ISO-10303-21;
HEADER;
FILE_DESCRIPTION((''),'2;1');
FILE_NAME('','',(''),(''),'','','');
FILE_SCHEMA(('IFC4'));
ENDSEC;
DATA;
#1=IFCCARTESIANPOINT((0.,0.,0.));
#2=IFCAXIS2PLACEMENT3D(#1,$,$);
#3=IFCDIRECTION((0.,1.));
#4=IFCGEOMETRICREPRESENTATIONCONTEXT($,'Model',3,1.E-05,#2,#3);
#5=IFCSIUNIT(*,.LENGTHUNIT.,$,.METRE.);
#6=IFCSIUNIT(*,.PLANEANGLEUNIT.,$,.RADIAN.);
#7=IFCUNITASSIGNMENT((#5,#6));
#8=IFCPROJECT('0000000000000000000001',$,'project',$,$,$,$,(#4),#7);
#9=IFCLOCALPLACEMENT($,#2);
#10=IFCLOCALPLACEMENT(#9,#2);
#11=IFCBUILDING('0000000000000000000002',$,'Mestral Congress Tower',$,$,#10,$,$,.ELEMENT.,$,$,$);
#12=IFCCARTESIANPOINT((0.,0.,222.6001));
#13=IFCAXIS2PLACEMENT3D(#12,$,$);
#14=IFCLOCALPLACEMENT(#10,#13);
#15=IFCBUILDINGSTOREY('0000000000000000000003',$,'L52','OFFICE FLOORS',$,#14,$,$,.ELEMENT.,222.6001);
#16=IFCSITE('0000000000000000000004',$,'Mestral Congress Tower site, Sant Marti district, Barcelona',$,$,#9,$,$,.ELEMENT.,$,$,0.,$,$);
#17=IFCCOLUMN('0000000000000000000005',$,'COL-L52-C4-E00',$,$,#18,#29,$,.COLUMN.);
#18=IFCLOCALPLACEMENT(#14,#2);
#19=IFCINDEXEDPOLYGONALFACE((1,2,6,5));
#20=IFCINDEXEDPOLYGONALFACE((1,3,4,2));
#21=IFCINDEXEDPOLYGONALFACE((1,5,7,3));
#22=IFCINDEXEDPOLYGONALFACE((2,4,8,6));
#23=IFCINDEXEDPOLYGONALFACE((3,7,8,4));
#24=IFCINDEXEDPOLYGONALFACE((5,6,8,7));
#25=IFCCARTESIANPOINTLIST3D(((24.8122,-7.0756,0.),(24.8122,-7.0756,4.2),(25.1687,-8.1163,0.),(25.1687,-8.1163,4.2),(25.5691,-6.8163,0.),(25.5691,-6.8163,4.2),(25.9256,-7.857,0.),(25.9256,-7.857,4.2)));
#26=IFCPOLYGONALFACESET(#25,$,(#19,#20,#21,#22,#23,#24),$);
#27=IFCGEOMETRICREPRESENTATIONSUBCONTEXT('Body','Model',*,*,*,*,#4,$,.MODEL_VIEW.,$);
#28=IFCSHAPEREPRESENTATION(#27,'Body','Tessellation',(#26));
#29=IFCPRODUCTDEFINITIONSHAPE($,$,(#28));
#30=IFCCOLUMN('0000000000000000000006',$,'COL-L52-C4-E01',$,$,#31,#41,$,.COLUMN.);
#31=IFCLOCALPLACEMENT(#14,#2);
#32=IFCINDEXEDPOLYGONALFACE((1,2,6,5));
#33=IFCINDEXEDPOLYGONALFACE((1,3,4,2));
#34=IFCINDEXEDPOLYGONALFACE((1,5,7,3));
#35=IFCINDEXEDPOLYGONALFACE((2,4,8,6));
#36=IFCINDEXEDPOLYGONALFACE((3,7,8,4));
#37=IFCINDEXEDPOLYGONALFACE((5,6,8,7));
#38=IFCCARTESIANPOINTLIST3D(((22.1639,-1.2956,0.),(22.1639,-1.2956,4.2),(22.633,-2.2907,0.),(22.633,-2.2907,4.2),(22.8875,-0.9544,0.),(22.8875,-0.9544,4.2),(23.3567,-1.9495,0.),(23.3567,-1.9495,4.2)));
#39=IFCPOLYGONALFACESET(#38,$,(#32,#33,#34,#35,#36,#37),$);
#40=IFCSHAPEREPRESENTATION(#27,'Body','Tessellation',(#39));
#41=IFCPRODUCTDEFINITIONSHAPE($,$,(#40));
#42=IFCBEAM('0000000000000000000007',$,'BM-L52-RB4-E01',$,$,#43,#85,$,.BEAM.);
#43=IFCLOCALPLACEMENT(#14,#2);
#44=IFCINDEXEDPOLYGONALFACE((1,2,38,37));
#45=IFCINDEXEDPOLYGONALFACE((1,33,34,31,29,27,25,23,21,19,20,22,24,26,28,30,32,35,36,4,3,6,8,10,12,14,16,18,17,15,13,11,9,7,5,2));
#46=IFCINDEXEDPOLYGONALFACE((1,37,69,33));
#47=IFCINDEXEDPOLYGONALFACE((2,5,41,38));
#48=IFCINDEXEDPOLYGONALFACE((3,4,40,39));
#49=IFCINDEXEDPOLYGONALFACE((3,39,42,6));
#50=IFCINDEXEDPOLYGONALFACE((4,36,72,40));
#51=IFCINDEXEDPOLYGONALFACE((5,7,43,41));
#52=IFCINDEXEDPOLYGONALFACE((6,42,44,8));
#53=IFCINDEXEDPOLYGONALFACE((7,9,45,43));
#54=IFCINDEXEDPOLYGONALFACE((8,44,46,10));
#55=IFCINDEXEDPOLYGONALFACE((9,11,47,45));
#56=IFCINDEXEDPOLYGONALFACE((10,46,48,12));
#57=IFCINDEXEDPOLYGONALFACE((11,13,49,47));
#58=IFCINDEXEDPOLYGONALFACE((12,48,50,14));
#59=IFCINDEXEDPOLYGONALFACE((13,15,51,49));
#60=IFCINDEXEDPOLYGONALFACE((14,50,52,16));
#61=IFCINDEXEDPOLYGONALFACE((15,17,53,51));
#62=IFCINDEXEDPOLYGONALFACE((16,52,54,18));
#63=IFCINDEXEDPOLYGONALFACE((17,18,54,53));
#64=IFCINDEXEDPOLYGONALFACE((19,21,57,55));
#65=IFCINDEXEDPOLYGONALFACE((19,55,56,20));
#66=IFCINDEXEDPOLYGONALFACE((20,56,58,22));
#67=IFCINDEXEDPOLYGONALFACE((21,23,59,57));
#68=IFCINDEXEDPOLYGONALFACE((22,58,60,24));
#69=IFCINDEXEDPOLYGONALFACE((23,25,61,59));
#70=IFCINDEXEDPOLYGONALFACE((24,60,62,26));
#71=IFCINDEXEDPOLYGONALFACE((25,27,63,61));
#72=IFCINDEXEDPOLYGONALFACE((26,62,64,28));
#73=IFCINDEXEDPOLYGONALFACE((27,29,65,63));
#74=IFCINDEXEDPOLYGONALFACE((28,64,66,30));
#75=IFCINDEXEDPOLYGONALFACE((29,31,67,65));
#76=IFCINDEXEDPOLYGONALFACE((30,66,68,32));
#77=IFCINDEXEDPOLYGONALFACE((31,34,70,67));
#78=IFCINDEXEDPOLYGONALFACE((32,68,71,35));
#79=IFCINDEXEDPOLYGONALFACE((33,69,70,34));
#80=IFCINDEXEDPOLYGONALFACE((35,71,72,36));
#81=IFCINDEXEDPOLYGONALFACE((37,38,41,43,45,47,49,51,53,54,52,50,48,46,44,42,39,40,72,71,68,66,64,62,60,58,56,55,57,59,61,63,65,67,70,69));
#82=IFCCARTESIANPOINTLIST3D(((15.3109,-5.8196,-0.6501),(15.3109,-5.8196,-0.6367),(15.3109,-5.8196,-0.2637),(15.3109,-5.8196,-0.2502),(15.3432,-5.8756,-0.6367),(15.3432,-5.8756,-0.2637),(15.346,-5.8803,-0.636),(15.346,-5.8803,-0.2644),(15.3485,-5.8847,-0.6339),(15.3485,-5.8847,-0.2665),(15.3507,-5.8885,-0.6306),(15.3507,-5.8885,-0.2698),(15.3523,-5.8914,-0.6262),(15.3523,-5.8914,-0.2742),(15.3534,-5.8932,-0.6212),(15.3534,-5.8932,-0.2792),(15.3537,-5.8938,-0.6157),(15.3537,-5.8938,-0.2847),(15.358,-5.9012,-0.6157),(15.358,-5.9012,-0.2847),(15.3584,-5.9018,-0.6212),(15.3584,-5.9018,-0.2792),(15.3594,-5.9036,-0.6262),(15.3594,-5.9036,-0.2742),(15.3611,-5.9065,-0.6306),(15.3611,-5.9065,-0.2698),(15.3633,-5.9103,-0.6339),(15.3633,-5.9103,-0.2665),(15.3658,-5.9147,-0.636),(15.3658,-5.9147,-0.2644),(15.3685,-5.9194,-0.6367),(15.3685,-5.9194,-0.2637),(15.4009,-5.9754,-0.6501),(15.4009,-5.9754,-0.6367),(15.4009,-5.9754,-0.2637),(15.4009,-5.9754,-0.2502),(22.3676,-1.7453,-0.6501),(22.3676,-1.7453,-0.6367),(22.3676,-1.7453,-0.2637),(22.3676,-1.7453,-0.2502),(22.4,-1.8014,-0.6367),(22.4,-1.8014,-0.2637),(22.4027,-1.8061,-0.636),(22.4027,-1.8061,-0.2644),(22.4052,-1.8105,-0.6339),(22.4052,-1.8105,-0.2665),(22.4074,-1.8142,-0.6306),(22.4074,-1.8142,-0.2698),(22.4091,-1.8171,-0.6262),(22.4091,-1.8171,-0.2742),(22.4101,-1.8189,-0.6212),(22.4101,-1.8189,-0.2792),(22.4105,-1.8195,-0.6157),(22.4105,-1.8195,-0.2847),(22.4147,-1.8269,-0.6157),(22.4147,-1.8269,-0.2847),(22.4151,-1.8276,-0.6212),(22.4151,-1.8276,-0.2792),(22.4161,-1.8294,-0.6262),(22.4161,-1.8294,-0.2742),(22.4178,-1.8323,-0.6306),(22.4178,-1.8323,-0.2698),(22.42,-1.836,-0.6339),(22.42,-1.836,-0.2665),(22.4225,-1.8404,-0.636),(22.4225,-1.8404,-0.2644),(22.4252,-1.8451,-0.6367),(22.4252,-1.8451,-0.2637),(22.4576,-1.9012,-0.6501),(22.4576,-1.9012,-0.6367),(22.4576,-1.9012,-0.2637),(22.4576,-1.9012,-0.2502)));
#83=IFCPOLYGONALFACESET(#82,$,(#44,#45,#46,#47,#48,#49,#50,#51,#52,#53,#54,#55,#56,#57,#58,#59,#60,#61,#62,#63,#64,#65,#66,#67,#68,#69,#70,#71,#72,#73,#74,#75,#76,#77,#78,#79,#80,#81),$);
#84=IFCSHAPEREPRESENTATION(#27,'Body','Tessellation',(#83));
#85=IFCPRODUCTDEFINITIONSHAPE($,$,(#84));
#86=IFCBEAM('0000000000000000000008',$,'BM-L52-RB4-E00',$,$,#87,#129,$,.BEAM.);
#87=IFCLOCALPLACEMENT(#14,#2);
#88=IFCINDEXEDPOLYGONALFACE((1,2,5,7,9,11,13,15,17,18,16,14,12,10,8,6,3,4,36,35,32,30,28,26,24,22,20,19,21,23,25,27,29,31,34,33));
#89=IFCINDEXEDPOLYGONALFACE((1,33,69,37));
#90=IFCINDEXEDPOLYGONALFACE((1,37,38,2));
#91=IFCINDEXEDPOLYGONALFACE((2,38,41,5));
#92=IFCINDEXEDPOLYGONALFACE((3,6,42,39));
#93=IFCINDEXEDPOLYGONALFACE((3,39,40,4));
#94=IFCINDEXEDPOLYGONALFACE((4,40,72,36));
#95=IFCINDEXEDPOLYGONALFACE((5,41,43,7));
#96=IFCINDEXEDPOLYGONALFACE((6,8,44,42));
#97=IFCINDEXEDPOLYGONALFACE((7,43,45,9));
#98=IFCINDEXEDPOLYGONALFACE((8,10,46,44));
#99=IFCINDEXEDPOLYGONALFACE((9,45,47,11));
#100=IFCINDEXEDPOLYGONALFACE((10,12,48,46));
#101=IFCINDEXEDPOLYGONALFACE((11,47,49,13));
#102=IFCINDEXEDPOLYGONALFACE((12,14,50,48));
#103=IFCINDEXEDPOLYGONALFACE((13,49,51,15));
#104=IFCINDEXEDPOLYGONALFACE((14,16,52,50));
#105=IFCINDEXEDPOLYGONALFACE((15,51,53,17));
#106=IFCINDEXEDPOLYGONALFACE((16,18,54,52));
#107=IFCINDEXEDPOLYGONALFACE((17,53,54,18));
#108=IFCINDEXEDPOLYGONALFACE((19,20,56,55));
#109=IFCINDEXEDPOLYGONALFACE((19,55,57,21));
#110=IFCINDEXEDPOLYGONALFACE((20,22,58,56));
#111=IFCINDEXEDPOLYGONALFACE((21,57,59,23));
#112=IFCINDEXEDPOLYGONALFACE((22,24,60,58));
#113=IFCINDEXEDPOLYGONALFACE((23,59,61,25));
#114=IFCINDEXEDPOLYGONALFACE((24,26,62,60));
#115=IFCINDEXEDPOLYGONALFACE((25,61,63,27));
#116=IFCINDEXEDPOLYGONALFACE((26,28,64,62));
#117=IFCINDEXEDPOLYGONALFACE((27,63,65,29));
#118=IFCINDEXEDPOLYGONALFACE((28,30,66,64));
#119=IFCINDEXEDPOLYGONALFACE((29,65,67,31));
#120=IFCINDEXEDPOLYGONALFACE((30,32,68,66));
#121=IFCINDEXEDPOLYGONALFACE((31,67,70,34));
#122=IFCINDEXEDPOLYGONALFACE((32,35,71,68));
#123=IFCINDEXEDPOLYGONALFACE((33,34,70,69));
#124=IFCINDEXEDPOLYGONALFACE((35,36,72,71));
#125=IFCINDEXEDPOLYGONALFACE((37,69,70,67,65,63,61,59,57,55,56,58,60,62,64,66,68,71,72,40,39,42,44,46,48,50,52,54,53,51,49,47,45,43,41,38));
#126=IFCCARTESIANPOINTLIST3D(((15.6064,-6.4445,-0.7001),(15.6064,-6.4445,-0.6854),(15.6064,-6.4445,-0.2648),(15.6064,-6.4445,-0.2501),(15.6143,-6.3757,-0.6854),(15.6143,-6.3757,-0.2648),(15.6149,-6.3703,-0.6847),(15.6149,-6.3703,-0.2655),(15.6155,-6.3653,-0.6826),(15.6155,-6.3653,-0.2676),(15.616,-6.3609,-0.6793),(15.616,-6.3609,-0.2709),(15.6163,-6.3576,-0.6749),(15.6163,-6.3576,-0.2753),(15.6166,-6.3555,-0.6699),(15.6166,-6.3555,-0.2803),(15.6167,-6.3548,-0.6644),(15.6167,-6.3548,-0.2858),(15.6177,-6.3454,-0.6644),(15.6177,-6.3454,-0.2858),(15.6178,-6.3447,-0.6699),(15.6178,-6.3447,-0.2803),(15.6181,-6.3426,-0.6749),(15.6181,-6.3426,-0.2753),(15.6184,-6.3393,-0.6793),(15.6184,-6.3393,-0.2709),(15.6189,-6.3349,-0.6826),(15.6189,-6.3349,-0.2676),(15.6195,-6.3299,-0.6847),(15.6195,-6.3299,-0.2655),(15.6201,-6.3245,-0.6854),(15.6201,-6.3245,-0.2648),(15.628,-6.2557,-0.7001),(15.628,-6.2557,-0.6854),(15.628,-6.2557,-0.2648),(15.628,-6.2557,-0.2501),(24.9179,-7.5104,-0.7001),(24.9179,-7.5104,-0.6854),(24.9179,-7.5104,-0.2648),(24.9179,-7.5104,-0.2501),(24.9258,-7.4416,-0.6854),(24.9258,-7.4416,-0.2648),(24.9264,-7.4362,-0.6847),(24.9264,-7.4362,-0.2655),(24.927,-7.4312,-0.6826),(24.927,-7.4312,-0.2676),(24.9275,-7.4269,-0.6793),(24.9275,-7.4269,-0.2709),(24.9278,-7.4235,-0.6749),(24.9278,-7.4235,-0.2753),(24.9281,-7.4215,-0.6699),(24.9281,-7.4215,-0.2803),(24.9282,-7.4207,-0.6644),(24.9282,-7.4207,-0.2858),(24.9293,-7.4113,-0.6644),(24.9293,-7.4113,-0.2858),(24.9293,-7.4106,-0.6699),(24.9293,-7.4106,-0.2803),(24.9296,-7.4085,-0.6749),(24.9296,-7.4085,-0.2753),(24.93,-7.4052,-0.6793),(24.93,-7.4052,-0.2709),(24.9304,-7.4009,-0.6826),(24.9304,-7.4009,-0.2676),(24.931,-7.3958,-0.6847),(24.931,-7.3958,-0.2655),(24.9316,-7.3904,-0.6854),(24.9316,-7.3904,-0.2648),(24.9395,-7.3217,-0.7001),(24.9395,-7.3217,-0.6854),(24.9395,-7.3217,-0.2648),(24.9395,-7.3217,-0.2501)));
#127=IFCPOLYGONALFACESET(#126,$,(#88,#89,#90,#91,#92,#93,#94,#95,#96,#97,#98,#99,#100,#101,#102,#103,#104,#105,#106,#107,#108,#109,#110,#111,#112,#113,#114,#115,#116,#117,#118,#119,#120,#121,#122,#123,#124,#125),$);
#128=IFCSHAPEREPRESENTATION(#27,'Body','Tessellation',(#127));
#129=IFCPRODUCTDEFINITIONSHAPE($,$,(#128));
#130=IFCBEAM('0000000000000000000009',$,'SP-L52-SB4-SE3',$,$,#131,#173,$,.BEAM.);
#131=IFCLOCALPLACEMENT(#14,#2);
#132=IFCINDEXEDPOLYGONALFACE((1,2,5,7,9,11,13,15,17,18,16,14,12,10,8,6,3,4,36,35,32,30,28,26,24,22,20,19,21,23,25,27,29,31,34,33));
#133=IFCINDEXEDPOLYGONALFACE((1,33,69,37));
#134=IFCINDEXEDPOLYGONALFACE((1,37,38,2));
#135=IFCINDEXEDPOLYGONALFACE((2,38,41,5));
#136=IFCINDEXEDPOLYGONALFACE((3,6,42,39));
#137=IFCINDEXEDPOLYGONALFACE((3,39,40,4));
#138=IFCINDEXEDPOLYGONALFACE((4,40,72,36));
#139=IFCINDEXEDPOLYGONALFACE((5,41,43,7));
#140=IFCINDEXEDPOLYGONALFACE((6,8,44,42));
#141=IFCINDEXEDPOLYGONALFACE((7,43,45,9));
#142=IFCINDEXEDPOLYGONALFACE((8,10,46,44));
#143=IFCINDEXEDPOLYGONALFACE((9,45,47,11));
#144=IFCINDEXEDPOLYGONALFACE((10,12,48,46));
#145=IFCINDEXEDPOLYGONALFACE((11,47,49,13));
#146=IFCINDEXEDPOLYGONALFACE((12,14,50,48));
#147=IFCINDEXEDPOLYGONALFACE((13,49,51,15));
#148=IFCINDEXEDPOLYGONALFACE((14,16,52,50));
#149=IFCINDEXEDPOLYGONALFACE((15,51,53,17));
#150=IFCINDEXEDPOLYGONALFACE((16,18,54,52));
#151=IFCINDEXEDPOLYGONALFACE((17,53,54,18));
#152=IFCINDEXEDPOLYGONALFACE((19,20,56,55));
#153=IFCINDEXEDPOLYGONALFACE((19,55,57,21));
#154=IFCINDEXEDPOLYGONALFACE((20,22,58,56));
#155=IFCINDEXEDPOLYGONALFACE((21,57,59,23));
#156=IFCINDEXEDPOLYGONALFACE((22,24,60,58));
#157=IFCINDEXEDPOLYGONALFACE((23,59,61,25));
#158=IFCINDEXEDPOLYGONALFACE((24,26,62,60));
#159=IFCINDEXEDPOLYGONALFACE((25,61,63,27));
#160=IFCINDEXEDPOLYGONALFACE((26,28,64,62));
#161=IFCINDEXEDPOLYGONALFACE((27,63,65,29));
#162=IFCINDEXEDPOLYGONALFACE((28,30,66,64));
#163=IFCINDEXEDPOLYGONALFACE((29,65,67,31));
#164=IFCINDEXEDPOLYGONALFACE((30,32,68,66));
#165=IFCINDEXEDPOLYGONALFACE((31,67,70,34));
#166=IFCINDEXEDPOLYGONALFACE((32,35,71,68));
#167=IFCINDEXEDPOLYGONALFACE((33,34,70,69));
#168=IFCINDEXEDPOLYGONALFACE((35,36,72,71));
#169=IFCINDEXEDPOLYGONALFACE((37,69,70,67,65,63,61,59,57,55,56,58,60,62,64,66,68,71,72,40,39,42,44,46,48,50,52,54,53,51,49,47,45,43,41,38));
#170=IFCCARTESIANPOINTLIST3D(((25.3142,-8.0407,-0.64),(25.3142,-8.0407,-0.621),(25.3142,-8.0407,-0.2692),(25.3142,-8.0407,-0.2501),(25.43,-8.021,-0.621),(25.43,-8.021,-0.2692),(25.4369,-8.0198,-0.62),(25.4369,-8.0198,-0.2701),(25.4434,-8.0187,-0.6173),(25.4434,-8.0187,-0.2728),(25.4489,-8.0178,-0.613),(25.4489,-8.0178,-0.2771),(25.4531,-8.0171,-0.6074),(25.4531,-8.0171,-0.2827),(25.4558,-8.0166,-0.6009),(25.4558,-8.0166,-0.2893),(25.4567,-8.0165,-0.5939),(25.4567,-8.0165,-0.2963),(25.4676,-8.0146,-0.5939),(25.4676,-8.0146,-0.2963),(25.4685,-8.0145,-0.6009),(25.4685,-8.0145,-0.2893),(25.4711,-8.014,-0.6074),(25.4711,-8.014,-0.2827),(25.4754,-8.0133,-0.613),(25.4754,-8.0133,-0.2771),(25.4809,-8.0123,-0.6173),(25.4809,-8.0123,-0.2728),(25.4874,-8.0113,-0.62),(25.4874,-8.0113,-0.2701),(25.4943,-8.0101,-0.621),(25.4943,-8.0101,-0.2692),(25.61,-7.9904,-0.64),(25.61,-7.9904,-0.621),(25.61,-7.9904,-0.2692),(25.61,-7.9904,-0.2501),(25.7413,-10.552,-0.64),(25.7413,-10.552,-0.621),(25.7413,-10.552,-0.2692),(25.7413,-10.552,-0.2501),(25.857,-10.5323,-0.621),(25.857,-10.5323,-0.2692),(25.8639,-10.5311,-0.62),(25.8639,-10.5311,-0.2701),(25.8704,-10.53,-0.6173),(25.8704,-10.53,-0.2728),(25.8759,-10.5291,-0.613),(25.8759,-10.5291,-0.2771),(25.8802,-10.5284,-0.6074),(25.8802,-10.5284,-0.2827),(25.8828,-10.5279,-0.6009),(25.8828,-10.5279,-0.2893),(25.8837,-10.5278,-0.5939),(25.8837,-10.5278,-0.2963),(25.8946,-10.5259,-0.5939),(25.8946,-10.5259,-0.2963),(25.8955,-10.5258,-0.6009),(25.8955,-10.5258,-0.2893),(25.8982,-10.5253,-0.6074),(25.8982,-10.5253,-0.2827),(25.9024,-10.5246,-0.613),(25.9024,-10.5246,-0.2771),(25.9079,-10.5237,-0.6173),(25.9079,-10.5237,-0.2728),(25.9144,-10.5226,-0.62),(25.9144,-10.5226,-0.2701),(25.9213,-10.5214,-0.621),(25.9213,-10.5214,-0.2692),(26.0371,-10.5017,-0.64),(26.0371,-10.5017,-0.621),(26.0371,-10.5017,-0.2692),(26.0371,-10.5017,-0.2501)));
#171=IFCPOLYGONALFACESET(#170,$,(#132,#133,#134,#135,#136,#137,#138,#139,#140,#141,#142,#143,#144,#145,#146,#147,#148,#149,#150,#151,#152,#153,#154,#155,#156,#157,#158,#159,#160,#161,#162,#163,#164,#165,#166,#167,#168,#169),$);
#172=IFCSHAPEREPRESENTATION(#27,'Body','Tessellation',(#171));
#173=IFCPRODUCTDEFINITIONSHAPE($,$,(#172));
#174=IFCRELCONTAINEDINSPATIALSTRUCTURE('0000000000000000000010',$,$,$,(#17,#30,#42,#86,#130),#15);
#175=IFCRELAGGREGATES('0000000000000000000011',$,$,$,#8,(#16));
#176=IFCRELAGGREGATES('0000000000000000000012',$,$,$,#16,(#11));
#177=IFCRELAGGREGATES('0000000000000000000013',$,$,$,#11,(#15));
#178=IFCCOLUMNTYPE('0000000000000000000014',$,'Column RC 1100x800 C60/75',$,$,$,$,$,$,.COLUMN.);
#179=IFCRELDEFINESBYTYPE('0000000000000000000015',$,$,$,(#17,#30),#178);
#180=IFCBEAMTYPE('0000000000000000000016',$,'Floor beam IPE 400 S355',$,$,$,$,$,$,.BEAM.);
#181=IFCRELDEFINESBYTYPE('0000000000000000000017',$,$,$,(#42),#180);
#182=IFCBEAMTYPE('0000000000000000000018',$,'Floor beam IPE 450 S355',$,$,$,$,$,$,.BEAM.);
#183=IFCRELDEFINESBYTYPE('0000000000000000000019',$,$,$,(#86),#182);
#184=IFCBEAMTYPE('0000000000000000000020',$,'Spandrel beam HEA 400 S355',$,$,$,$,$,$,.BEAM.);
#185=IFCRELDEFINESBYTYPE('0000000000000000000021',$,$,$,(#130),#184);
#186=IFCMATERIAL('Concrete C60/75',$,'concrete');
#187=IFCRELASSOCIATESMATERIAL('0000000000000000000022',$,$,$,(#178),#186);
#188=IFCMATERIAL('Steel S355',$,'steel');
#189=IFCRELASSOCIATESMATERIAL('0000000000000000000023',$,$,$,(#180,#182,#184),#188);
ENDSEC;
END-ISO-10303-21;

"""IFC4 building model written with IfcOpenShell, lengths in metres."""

from ifc_helpers import new_model, si_unit, direction, frame, origin, origin_2d, place, context, subcontext, project, spatial, rectangle, i_section, extrude, material, material_profile, profile_set, type_object, element, save


model = new_model("IFC4")

# Units and contexts
model_context = context("Model", 3, precision=1e-05, world=origin(), true_north=direction((0.0, 1.0)))
body_context = subcontext(model_context, "Body", "Model", "MODEL_VIEW")
ifc_project = project(units=[si_unit("LENGTHUNIT", "METRE"), si_unit("PLANEANGLEUNIT", "RADIAN")], contexts=[model_context])

# Site, building, storey
site_placement = place(None, origin())
site = spatial("IfcSite", under=ifc_project, at=site_placement, Name="Mestral Congress Tower site, Sant Marti district, Barcelona", CompositionType="ELEMENT", RefElevation=0.0)
building_placement = place(site_placement, origin())
building = spatial("IfcBuilding", under=site, at=building_placement, Name="Mestral Congress Tower", CompositionType="ELEMENT")
storey_placement = place(building_placement, frame((0.0, 0.0, 222.6001)))
storey = spatial("IfcBuildingStorey", under=building, at=storey_placement, Name="L52", Description="OFFICE FLOORS", CompositionType="ELEMENT", Elevation=222.6001)

# Columns
ifc_material_1 = material(Name="Concrete C60/75", Category="concrete")
ifc_material_profile_1 = material_profile(ifc_material_1, rectangle(XDim=1.1001, YDim=0.8, at=origin_2d()), Name="RC 1100x800")
ifc_profile_set_1 = profile_set([ifc_material_profile_1], Name="Concrete C60/75")
column_type = type_object("IfcColumnType", Name="Column RC 1100x800 C60/75", PredefinedType="COLUMN", material=ifc_profile_set_1)
for number, where, z_axis, x_axis, name in (
    (1, (25.3689, -7.4663, 0.0), (0.0, 0.0, 1.0), (-0.324074, 0.946032, 0.0), "COL-L52-C4-E00"),
    (2, (22.7603, -1.6226, 0.0), (0.0, 0.0, 1.0), (-0.426472, 0.904501, 0.0), "COL-L52-C4-E01"),
):
    element("IfcColumn", number, at=place(storey_placement, frame(where, z_axis=z_axis, x_axis=x_axis)), inside=storey, type_object=column_type, Name=name, PredefinedType="COLUMN", context=body_context, shape_type="SweptSolid", body=[
        extrude(rectangle(XDim=1.1001, YDim=0.8, at=origin_2d()), origin(), (0.0, 0.0, 1.0), 4.2),
    ])

# Beams
ifc_material_2 = material(Name="Steel S355", Category="steel")
ifc_material_profile_2 = material_profile(ifc_material_2, i_section(OverallWidth=0.1799, OverallDepth=0.3999, WebThickness=0.0085, FlangeThickness=0.0134, FilletRadius=0.021, at=origin_2d()), Name="IPE 400")
ifc_profile_set_2 = profile_set([ifc_material_profile_2], Name="Steel S355")
beam_type_1 = type_object("IfcBeamType", Name="Floor beam IPE 400 S355", PredefinedType="BEAM", material=ifc_profile_set_2)
beam_1_placement = place(storey_placement, frame((22.4126, -1.8232, -0.4502), z_axis=(-0.866022, -0.500006, 0.0), x_axis=(0.500006, -0.866022, 0.0)))
element("IfcBeam", 3, at=beam_1_placement, inside=storey, type_object=beam_type_1, Name="BM-L52-RB4-E01", PredefinedType="BEAM", context=body_context, shape_type="SweptSolid", body=[
    extrude(i_section(OverallWidth=0.1799, OverallDepth=0.3999, WebThickness=0.0085, FlangeThickness=0.0134, FilletRadius=0.021, at=origin_2d()), origin(), (0.0, 0.0, 1.0), 8.1484),
])
ifc_material_profile_3 = material_profile(ifc_material_2, i_section(OverallWidth=0.1899, OverallDepth=0.45, WebThickness=0.0095, FlangeThickness=0.0146, FilletRadius=0.021, at=origin_2d()), Name="IPE 450")
ifc_profile_set_3 = profile_set([ifc_material_profile_3], Name="Steel S355")
beam_type_2 = type_object("IfcBeamType", Name="Floor beam IPE 450 S355", PredefinedType="BEAM", material=ifc_profile_set_3)
beam_2_placement = place(storey_placement, frame((24.9287, -7.416, -0.4751), z_axis=(-0.993512, 0.11373, 0.0), x_axis=(-0.11373, -0.993512, 0.0)))
element("IfcBeam", 4, at=beam_2_placement, inside=storey, type_object=beam_type_2, Name="BM-L52-RB4-E00", PredefinedType="BEAM", context=body_context, shape_type="SweptSolid", body=[
    extrude(i_section(OverallWidth=0.1899, OverallDepth=0.45, WebThickness=0.0095, FlangeThickness=0.0146, FilletRadius=0.021, at=origin_2d()), origin(), (0.0, 0.0, 1.0), 9.3723),
])
ifc_material_profile_4 = material_profile(ifc_material_2, i_section(OverallWidth=0.3, OverallDepth=0.3899, WebThickness=0.011, FlangeThickness=0.019, FilletRadius=0.0271, at=origin_2d()), Name="HEA 400")
ifc_profile_set_4 = profile_set([ifc_material_profile_4], Name="Steel S355")
beam_type_3 = type_object("IfcBeamType", Name="Spandrel beam HEA 400 S355", PredefinedType="BEAM", material=ifc_profile_set_4)
beam_3_placement = place(storey_placement, frame((25.8892, -10.5269, -0.4451), z_axis=(-0.167631, 0.98585, 0.0), x_axis=(-0.98585, -0.167631, 0.0)))
element("IfcBeam", 5, at=beam_3_placement, inside=storey, type_object=beam_type_3, Name="SP-L52-SB4-SE3", PredefinedType="BEAM", context=body_context, shape_type="SweptSolid", body=[
    extrude(i_section(OverallWidth=0.3, OverallDepth=0.3899, WebThickness=0.011, FlangeThickness=0.019, FilletRadius=0.0271, at=origin_2d()), origin(), (0.0, 0.0, 1.0), 2.5474),
])

save(model, "model.ifc")
